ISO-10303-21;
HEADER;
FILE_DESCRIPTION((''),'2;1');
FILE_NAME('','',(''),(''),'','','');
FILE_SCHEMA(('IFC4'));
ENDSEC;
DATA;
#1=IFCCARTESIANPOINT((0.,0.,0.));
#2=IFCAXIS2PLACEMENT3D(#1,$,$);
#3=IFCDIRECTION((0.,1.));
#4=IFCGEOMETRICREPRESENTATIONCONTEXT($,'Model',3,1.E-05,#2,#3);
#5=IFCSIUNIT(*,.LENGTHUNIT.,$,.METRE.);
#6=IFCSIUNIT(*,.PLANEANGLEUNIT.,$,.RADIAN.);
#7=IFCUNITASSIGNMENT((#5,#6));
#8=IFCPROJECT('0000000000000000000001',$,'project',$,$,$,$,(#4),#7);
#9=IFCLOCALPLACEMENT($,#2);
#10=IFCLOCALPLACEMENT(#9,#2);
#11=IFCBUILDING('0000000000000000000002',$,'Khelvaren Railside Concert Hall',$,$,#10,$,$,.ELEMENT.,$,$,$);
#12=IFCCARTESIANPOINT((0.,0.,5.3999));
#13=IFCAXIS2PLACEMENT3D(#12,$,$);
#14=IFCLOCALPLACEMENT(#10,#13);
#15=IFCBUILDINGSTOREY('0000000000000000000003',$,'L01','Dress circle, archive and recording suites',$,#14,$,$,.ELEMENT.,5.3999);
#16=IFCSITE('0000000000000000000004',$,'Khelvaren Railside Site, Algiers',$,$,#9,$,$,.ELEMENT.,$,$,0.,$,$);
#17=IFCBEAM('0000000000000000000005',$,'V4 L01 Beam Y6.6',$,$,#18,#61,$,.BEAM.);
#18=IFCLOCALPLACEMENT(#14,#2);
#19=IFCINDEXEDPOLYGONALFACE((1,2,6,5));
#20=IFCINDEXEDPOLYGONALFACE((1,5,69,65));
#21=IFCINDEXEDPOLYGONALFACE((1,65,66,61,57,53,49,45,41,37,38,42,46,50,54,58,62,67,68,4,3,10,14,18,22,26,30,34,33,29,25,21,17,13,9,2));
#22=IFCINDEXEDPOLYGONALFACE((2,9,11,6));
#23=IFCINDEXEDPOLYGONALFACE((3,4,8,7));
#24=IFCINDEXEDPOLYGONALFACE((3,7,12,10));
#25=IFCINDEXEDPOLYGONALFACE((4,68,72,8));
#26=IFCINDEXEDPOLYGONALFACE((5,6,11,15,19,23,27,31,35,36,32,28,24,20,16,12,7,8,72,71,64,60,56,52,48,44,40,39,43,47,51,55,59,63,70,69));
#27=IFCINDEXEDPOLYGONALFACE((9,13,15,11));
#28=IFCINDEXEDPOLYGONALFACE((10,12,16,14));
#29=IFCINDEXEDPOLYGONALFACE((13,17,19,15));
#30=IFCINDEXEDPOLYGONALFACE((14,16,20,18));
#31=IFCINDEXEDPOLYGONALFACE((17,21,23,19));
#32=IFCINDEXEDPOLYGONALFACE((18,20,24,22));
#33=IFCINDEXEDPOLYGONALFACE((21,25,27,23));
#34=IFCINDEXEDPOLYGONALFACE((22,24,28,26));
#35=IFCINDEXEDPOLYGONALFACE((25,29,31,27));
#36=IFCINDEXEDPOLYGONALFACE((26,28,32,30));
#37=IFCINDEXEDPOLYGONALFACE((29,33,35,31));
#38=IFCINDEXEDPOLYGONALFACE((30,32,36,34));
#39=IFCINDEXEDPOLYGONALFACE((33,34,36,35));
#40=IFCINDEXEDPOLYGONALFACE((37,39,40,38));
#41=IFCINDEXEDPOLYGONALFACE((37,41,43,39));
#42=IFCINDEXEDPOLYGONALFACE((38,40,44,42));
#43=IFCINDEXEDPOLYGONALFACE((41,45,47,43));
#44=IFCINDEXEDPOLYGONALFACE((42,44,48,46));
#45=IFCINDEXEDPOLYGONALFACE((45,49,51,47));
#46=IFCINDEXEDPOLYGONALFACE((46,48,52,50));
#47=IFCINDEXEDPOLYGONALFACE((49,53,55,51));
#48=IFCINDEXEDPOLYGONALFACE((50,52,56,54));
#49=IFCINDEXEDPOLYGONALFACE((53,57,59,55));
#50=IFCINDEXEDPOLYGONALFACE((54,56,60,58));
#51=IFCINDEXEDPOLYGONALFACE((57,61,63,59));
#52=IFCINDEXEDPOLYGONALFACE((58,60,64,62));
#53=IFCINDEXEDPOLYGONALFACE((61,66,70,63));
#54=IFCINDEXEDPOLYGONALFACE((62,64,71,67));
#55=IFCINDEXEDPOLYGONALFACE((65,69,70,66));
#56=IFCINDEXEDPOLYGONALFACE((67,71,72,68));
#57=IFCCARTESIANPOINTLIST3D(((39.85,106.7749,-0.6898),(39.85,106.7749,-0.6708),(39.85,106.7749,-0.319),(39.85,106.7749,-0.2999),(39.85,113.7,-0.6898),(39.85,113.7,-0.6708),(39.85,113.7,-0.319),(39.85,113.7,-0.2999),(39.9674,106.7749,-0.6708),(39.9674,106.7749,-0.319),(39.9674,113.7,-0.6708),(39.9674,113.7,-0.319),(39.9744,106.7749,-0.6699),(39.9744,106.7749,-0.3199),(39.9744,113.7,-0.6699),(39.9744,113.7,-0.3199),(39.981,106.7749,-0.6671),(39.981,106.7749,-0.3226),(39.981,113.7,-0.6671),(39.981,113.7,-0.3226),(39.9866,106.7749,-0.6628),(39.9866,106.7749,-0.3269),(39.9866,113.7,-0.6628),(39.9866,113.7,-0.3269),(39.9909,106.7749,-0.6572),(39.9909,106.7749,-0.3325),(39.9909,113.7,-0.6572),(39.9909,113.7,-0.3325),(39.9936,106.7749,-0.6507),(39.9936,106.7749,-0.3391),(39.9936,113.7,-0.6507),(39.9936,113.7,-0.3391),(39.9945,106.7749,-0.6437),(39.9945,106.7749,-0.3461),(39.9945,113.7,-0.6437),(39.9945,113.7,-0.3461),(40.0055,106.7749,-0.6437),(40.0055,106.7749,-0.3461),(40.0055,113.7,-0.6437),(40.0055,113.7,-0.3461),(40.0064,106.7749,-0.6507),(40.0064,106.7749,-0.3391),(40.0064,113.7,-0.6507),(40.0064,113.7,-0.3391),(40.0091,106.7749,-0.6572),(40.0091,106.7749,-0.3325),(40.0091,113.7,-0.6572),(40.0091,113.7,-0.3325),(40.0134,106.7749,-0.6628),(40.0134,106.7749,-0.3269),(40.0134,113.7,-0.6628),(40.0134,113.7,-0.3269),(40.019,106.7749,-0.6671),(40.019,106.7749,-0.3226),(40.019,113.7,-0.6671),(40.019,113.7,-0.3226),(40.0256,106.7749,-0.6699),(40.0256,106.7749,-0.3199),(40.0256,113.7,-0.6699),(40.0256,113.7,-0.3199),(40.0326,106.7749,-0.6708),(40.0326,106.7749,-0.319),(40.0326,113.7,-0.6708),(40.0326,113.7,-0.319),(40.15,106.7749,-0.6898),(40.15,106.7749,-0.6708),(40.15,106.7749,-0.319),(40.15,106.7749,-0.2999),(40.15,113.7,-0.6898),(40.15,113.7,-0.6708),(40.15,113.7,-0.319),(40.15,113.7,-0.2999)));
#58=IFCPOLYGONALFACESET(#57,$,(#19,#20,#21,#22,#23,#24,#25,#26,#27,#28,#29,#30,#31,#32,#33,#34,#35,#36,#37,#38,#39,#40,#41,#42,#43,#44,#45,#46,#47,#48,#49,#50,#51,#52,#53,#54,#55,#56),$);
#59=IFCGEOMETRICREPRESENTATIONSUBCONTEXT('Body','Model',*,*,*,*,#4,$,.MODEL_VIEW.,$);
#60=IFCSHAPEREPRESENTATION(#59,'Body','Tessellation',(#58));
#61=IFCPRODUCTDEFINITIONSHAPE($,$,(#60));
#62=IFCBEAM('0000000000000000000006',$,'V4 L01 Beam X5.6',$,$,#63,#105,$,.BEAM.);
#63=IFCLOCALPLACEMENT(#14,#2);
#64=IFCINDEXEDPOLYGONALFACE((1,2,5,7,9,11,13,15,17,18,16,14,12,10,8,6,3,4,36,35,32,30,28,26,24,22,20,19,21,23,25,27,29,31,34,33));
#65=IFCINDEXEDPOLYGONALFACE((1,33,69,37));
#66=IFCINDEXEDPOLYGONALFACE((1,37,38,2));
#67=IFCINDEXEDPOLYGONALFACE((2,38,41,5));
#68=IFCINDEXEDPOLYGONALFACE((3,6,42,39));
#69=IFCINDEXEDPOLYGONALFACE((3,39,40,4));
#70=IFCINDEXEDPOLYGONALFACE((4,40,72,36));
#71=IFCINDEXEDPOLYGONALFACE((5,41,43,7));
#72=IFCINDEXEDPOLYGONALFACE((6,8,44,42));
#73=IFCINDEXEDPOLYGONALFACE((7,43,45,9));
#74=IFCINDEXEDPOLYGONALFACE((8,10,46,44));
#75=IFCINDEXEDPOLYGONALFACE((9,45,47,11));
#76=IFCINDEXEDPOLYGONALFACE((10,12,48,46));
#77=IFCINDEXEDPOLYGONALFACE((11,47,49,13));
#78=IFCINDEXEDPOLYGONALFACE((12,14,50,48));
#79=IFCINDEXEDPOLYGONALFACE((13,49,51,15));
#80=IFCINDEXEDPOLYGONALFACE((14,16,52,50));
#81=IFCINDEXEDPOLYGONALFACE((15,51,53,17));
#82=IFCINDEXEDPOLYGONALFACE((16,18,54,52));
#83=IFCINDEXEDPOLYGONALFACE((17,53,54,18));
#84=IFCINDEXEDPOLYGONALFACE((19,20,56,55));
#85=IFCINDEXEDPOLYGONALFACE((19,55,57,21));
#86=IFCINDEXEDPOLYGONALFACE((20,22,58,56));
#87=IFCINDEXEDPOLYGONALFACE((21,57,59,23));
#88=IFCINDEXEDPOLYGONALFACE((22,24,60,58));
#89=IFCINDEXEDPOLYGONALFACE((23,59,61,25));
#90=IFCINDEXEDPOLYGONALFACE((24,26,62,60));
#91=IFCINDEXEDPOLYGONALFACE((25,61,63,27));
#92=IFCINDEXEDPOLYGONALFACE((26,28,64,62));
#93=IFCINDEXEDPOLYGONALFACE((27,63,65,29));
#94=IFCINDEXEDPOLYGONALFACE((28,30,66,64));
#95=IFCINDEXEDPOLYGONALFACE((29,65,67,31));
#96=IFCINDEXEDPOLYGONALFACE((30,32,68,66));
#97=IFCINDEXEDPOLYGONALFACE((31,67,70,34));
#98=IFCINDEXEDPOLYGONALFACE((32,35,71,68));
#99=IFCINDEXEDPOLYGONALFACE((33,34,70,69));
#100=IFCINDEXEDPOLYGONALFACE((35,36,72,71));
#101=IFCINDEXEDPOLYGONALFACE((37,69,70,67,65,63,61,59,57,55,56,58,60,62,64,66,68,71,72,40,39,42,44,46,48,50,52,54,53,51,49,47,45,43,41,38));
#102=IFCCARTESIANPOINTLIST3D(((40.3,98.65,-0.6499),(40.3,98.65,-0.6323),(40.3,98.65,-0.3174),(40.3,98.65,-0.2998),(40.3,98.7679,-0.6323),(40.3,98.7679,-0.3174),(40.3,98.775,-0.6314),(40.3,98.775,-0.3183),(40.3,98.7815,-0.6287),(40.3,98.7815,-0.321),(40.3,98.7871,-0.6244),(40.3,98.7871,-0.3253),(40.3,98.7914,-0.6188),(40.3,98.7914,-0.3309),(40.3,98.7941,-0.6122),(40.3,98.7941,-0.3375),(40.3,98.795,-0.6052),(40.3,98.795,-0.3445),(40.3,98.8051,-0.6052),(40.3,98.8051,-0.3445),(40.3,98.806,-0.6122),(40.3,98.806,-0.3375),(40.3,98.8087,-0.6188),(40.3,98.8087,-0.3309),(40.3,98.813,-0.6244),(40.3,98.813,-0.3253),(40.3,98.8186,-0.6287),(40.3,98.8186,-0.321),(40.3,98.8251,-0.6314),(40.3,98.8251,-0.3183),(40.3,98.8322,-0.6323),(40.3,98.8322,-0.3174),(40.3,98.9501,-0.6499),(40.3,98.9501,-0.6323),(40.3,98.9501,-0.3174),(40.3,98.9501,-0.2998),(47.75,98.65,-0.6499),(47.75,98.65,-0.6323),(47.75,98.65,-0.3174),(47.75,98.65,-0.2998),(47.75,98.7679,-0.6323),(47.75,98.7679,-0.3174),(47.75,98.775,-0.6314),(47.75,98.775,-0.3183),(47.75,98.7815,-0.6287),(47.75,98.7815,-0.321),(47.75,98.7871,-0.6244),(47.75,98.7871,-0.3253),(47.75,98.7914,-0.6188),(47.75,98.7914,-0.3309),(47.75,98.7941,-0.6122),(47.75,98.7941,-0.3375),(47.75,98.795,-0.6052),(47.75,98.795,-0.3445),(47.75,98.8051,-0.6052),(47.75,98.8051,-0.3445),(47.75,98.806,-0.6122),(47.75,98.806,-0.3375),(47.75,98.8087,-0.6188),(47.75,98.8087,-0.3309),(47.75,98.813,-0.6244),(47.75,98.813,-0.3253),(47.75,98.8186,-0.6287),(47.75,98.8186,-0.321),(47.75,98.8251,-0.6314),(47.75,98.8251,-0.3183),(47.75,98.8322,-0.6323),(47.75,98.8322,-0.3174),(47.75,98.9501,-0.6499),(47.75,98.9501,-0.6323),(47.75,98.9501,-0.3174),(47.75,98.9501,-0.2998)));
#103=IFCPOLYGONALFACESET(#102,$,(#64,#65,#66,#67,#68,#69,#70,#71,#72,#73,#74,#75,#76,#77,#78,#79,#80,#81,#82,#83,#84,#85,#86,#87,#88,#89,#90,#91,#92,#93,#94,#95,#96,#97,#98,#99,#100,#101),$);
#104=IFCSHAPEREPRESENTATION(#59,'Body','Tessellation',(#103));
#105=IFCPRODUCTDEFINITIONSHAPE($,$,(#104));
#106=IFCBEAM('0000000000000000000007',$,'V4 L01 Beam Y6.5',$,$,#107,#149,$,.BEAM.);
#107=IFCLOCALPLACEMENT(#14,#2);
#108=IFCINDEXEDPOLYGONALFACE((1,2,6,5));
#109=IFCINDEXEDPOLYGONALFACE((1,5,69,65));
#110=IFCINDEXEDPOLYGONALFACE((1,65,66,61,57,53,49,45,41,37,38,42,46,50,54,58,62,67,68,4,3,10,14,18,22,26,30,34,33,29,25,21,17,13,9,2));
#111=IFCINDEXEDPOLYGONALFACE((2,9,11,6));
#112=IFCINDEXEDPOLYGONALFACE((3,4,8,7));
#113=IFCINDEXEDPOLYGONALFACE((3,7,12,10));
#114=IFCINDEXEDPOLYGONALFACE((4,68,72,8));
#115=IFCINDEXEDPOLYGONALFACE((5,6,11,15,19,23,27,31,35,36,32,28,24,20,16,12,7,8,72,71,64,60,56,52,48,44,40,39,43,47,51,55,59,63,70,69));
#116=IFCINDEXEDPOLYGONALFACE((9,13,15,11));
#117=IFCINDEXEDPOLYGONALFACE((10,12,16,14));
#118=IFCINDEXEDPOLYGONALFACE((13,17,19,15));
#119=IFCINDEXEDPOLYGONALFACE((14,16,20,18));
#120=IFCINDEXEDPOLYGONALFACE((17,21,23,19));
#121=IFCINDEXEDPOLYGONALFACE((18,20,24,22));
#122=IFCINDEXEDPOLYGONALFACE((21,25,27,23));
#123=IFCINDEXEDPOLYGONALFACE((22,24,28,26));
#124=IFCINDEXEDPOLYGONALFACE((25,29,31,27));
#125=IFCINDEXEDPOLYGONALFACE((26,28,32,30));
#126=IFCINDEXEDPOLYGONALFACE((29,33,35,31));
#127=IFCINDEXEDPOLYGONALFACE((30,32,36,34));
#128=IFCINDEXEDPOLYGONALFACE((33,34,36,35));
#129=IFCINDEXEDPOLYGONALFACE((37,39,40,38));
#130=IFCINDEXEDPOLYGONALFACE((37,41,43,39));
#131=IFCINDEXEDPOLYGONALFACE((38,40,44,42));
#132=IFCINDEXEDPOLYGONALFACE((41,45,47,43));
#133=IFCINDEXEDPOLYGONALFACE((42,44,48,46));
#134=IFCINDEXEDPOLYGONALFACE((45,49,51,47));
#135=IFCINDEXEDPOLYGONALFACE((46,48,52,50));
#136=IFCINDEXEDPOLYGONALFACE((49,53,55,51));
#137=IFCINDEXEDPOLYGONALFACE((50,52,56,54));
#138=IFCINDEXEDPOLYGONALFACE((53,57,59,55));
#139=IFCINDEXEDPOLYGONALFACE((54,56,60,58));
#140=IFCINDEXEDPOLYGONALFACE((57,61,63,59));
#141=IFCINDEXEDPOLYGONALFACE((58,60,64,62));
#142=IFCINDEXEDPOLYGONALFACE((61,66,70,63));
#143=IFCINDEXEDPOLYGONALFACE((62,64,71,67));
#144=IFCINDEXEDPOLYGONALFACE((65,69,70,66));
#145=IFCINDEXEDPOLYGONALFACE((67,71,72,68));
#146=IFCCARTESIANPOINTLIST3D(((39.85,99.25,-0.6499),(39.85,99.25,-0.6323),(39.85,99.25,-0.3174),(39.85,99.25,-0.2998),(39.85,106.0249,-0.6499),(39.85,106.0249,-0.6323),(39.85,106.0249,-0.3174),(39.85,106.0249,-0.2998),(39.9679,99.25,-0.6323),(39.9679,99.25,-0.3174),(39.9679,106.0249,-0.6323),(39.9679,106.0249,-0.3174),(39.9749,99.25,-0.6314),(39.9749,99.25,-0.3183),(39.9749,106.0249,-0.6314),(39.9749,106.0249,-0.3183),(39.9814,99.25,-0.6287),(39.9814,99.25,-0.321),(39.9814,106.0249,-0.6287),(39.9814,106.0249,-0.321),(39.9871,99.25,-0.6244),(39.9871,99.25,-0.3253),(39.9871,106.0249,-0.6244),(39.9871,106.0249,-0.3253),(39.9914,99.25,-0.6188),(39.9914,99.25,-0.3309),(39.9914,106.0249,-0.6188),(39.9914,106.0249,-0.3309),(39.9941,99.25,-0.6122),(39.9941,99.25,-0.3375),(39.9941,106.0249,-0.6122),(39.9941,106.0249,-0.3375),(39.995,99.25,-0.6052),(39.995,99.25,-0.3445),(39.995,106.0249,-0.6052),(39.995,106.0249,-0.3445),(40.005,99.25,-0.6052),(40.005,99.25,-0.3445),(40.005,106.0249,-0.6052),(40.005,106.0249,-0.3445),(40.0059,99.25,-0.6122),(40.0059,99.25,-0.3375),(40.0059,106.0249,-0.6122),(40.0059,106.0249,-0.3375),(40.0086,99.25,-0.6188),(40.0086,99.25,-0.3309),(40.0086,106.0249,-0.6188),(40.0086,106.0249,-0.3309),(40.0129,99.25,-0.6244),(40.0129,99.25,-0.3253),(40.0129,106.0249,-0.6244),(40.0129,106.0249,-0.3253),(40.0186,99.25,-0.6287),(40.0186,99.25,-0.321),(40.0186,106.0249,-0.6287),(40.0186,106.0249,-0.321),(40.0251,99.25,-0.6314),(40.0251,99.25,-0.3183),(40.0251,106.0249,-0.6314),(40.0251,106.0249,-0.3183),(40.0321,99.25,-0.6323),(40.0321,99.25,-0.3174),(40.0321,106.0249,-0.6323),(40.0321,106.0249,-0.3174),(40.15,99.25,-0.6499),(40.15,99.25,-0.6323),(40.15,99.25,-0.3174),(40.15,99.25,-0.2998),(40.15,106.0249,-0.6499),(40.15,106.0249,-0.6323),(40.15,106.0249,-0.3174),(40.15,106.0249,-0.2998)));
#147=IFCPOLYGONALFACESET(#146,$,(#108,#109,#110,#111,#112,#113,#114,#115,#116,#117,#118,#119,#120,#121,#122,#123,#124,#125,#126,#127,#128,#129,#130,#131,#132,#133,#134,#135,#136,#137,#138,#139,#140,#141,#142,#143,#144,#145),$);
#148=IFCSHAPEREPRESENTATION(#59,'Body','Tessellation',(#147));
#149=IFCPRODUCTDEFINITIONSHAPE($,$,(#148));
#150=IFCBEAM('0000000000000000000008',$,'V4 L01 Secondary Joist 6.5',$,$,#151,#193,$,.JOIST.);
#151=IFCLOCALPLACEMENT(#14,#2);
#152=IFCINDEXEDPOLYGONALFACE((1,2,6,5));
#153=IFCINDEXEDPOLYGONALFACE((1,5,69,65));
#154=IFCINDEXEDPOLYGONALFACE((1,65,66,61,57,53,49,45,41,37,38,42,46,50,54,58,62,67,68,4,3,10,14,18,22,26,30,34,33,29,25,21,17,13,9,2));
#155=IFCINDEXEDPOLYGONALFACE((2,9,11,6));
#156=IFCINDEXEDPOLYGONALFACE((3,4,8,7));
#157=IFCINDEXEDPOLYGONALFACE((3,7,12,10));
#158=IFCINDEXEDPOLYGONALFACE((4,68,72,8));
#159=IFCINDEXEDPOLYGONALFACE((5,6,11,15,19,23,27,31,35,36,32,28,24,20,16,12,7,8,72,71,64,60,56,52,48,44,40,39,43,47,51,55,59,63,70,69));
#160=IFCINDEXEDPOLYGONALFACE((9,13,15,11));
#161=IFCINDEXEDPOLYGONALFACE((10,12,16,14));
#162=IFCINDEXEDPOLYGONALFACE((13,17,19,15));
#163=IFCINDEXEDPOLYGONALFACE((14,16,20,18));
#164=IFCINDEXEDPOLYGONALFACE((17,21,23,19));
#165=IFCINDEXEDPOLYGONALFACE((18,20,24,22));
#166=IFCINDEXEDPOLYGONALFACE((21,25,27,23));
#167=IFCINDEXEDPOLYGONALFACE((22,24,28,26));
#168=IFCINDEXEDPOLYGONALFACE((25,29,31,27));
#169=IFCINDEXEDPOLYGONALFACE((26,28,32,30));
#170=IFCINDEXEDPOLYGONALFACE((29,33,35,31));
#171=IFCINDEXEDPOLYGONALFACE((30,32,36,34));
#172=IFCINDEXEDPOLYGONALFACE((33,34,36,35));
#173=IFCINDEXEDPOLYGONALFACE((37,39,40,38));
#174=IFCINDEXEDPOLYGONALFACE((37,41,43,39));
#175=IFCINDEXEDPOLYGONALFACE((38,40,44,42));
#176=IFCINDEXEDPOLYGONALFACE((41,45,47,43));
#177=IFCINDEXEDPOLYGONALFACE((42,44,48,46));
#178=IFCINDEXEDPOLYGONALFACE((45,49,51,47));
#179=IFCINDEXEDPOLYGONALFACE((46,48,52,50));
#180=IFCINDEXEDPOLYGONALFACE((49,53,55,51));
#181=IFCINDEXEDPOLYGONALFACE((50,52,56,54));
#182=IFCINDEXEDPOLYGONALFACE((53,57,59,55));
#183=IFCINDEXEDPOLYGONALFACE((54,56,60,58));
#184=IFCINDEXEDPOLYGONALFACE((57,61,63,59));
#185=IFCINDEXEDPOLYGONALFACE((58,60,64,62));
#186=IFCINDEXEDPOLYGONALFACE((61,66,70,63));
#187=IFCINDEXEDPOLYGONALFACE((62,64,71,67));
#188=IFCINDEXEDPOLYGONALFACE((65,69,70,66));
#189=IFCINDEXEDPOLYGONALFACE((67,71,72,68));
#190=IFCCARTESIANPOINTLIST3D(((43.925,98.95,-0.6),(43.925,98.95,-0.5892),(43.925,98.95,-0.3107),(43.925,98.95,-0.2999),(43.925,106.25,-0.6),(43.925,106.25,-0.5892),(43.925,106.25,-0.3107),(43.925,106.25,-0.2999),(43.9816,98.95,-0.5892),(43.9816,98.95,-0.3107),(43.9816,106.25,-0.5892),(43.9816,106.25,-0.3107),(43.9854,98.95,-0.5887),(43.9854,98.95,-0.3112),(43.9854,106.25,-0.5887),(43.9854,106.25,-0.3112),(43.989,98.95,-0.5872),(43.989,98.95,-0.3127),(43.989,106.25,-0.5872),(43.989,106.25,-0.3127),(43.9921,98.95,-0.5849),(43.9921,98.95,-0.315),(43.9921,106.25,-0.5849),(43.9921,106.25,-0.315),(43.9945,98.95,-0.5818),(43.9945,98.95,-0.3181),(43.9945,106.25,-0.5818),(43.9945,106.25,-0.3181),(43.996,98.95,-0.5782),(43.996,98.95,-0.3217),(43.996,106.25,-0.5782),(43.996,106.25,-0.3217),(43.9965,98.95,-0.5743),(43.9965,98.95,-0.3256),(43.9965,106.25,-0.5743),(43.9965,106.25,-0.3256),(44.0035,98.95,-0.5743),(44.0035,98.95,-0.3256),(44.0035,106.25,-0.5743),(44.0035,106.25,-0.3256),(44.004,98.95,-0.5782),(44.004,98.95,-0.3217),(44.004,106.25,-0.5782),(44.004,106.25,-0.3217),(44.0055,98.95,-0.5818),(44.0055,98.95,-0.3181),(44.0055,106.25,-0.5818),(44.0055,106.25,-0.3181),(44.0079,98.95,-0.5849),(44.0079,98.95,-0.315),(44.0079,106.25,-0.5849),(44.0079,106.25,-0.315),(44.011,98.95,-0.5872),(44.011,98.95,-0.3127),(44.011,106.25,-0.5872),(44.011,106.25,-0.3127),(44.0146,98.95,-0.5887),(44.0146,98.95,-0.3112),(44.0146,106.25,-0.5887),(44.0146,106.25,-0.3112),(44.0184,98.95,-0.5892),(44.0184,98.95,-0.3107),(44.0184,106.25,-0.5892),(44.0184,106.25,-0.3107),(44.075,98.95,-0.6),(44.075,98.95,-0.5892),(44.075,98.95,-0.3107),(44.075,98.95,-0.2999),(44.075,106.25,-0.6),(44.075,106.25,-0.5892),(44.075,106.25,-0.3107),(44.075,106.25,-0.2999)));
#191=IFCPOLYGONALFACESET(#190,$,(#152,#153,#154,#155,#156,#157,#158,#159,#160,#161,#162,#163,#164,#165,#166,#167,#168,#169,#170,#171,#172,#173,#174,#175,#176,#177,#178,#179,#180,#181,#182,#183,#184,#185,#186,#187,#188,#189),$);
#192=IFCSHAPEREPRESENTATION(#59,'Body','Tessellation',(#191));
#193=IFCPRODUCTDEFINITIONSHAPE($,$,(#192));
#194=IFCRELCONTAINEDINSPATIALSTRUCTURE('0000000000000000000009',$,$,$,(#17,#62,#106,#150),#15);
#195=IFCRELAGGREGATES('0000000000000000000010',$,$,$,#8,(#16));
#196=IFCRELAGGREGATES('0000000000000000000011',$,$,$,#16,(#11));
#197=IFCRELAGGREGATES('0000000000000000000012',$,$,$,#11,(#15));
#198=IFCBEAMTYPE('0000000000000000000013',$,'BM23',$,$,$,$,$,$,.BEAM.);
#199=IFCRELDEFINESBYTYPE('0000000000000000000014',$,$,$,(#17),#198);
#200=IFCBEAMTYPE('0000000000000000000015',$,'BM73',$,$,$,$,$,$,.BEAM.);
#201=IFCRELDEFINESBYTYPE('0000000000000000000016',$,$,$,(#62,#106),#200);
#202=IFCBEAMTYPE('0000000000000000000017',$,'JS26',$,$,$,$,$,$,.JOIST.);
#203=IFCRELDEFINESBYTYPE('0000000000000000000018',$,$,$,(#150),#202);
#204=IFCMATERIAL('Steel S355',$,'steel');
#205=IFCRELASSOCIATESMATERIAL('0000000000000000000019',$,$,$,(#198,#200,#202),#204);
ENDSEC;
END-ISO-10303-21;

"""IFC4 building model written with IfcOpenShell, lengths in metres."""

from ifc_helpers import new_model, si_unit, direction, frame, origin, origin_2d, place, context, subcontext, project, spatial, i_section, extrude, material, material_profile, profile_set, type_object, element, save


model = new_model("IFC4")

# Units and contexts
model_context = context("Model", 3, precision=1e-05, world=origin(), true_north=direction((0.0, 1.0)))
body_context = subcontext(model_context, "Body", "Model", "MODEL_VIEW")
ifc_project = project(units=[si_unit("LENGTHUNIT", "METRE"), si_unit("PLANEANGLEUNIT", "RADIAN")], contexts=[model_context])

# Site, building, storey
site_placement = place(None, origin())
site = spatial("IfcSite", under=ifc_project, at=site_placement, Name="Khelvaren Railside Site, Algiers", CompositionType="ELEMENT", RefElevation=0.0)
building_placement = place(site_placement, origin())
building = spatial("IfcBuilding", under=site, at=building_placement, Name="Khelvaren Railside Concert Hall", CompositionType="ELEMENT")
storey_placement = place(building_placement, frame((0.0, 0.0, 5.3999)))
storey = spatial("IfcBuildingStorey", under=building, at=storey_placement, Name="L01", Description="Dress circle, archive and recording suites", CompositionType="ELEMENT", Elevation=5.3999)

# Beams
ifc_material_1 = material(Name="Steel S355", Category="steel")
ifc_material_profile_1 = material_profile(ifc_material_1, i_section(OverallWidth=0.3, OverallDepth=0.3899, WebThickness=0.011, FlangeThickness=0.019, FilletRadius=0.0271, at=origin_2d()), Name="HEA 400")
ifc_profile_set_1 = profile_set([ifc_material_profile_1], Name="Steel S355")
beam_type_1 = type_object("IfcBeamType", Name="BM23", PredefinedType="BEAM", material=ifc_profile_set_1)
beam_1_placement = place(storey_placement, frame((40.0, 106.7749, -0.4949), z_axis=(0.0, 1.0, 0.0), x_axis=(-1.0, 0.0, 0.0)))
element("IfcBeam", 1, at=beam_1_placement, inside=storey, type_object=beam_type_1, Name="V4 L01 Beam Y6.6", PredefinedType="BEAM", context=body_context, shape_type="SweptSolid", body=[
    extrude(i_section(OverallWidth=0.3, OverallDepth=0.3899, WebThickness=0.011, FlangeThickness=0.019, FilletRadius=0.0271, at=origin_2d()), origin(), (0.0, 0.0, 1.0), 6.925),
])
ifc_material_profile_2 = material_profile(ifc_material_1, i_section(OverallWidth=0.3, OverallDepth=0.3501, WebThickness=0.01, FlangeThickness=0.0176, FilletRadius=0.0271, at=origin_2d()), Name="HEA 360")
ifc_profile_set_2 = profile_set([ifc_material_profile_2], Name="Steel S355")
beam_type_2 = type_object("IfcBeamType", Name="BM73", PredefinedType="BEAM", material=ifc_profile_set_2)
beam_2_placement = place(storey_placement, frame((40.3, 98.8, -0.4749), z_axis=(1.0, 0.0, 0.0), x_axis=(0.0, 1.0, 0.0)))
element("IfcBeam", 2, at=beam_2_placement, inside=storey, type_object=beam_type_2, Name="V4 L01 Beam X5.6", PredefinedType="BEAM", context=body_context, shape_type="SweptSolid", body=[
    extrude(i_section(OverallWidth=0.3, OverallDepth=0.3501, WebThickness=0.01, FlangeThickness=0.0176, FilletRadius=0.0271, at=origin_2d()), origin(), (0.0, 0.0, 1.0), 7.45),
])
beam_3_placement = place(storey_placement, frame((40.0, 99.25, -0.4749), z_axis=(0.0, 1.0, 0.0), x_axis=(-1.0, 0.0, 0.0)))
element("IfcBeam", 3, at=beam_3_placement, inside=storey, type_object=beam_type_2, Name="V4 L01 Beam Y6.5", PredefinedType="BEAM", context=body_context, shape_type="SweptSolid", body=[
    extrude(i_section(OverallWidth=0.3, OverallDepth=0.3501, WebThickness=0.01, FlangeThickness=0.0176, FilletRadius=0.0271, at=origin_2d()), origin(), (0.0, 0.0, 1.0), 6.7749),
])
ifc_material_profile_3 = material_profile(ifc_material_1, i_section(OverallWidth=0.1499, OverallDepth=0.3, WebThickness=0.0071, FlangeThickness=0.0107, FilletRadius=0.0149, at=origin_2d()), Name="IPE 300")
ifc_profile_set_3 = profile_set([ifc_material_profile_3], Name="Steel S355")
beam_type_3 = type_object("IfcBeamType", Name="JS26", PredefinedType="JOIST", material=ifc_profile_set_3)
beam_4_placement = place(storey_placement, frame((44.0, 98.95, -0.45), z_axis=(0.0, 1.0, 0.0), x_axis=(-1.0, 0.0, 0.0)))
element("IfcBeam", 4, at=beam_4_placement, inside=storey, type_object=beam_type_3, Name="V4 L01 Secondary Joist 6.5", PredefinedType="JOIST", context=body_context, shape_type="SweptSolid", body=[
    extrude(i_section(OverallWidth=0.1499, OverallDepth=0.3, WebThickness=0.0071, FlangeThickness=0.0107, FilletRadius=0.0149, at=origin_2d()), origin(), (0.0, 0.0, 1.0), 7.3),
])

save(model, "model.ifc")
